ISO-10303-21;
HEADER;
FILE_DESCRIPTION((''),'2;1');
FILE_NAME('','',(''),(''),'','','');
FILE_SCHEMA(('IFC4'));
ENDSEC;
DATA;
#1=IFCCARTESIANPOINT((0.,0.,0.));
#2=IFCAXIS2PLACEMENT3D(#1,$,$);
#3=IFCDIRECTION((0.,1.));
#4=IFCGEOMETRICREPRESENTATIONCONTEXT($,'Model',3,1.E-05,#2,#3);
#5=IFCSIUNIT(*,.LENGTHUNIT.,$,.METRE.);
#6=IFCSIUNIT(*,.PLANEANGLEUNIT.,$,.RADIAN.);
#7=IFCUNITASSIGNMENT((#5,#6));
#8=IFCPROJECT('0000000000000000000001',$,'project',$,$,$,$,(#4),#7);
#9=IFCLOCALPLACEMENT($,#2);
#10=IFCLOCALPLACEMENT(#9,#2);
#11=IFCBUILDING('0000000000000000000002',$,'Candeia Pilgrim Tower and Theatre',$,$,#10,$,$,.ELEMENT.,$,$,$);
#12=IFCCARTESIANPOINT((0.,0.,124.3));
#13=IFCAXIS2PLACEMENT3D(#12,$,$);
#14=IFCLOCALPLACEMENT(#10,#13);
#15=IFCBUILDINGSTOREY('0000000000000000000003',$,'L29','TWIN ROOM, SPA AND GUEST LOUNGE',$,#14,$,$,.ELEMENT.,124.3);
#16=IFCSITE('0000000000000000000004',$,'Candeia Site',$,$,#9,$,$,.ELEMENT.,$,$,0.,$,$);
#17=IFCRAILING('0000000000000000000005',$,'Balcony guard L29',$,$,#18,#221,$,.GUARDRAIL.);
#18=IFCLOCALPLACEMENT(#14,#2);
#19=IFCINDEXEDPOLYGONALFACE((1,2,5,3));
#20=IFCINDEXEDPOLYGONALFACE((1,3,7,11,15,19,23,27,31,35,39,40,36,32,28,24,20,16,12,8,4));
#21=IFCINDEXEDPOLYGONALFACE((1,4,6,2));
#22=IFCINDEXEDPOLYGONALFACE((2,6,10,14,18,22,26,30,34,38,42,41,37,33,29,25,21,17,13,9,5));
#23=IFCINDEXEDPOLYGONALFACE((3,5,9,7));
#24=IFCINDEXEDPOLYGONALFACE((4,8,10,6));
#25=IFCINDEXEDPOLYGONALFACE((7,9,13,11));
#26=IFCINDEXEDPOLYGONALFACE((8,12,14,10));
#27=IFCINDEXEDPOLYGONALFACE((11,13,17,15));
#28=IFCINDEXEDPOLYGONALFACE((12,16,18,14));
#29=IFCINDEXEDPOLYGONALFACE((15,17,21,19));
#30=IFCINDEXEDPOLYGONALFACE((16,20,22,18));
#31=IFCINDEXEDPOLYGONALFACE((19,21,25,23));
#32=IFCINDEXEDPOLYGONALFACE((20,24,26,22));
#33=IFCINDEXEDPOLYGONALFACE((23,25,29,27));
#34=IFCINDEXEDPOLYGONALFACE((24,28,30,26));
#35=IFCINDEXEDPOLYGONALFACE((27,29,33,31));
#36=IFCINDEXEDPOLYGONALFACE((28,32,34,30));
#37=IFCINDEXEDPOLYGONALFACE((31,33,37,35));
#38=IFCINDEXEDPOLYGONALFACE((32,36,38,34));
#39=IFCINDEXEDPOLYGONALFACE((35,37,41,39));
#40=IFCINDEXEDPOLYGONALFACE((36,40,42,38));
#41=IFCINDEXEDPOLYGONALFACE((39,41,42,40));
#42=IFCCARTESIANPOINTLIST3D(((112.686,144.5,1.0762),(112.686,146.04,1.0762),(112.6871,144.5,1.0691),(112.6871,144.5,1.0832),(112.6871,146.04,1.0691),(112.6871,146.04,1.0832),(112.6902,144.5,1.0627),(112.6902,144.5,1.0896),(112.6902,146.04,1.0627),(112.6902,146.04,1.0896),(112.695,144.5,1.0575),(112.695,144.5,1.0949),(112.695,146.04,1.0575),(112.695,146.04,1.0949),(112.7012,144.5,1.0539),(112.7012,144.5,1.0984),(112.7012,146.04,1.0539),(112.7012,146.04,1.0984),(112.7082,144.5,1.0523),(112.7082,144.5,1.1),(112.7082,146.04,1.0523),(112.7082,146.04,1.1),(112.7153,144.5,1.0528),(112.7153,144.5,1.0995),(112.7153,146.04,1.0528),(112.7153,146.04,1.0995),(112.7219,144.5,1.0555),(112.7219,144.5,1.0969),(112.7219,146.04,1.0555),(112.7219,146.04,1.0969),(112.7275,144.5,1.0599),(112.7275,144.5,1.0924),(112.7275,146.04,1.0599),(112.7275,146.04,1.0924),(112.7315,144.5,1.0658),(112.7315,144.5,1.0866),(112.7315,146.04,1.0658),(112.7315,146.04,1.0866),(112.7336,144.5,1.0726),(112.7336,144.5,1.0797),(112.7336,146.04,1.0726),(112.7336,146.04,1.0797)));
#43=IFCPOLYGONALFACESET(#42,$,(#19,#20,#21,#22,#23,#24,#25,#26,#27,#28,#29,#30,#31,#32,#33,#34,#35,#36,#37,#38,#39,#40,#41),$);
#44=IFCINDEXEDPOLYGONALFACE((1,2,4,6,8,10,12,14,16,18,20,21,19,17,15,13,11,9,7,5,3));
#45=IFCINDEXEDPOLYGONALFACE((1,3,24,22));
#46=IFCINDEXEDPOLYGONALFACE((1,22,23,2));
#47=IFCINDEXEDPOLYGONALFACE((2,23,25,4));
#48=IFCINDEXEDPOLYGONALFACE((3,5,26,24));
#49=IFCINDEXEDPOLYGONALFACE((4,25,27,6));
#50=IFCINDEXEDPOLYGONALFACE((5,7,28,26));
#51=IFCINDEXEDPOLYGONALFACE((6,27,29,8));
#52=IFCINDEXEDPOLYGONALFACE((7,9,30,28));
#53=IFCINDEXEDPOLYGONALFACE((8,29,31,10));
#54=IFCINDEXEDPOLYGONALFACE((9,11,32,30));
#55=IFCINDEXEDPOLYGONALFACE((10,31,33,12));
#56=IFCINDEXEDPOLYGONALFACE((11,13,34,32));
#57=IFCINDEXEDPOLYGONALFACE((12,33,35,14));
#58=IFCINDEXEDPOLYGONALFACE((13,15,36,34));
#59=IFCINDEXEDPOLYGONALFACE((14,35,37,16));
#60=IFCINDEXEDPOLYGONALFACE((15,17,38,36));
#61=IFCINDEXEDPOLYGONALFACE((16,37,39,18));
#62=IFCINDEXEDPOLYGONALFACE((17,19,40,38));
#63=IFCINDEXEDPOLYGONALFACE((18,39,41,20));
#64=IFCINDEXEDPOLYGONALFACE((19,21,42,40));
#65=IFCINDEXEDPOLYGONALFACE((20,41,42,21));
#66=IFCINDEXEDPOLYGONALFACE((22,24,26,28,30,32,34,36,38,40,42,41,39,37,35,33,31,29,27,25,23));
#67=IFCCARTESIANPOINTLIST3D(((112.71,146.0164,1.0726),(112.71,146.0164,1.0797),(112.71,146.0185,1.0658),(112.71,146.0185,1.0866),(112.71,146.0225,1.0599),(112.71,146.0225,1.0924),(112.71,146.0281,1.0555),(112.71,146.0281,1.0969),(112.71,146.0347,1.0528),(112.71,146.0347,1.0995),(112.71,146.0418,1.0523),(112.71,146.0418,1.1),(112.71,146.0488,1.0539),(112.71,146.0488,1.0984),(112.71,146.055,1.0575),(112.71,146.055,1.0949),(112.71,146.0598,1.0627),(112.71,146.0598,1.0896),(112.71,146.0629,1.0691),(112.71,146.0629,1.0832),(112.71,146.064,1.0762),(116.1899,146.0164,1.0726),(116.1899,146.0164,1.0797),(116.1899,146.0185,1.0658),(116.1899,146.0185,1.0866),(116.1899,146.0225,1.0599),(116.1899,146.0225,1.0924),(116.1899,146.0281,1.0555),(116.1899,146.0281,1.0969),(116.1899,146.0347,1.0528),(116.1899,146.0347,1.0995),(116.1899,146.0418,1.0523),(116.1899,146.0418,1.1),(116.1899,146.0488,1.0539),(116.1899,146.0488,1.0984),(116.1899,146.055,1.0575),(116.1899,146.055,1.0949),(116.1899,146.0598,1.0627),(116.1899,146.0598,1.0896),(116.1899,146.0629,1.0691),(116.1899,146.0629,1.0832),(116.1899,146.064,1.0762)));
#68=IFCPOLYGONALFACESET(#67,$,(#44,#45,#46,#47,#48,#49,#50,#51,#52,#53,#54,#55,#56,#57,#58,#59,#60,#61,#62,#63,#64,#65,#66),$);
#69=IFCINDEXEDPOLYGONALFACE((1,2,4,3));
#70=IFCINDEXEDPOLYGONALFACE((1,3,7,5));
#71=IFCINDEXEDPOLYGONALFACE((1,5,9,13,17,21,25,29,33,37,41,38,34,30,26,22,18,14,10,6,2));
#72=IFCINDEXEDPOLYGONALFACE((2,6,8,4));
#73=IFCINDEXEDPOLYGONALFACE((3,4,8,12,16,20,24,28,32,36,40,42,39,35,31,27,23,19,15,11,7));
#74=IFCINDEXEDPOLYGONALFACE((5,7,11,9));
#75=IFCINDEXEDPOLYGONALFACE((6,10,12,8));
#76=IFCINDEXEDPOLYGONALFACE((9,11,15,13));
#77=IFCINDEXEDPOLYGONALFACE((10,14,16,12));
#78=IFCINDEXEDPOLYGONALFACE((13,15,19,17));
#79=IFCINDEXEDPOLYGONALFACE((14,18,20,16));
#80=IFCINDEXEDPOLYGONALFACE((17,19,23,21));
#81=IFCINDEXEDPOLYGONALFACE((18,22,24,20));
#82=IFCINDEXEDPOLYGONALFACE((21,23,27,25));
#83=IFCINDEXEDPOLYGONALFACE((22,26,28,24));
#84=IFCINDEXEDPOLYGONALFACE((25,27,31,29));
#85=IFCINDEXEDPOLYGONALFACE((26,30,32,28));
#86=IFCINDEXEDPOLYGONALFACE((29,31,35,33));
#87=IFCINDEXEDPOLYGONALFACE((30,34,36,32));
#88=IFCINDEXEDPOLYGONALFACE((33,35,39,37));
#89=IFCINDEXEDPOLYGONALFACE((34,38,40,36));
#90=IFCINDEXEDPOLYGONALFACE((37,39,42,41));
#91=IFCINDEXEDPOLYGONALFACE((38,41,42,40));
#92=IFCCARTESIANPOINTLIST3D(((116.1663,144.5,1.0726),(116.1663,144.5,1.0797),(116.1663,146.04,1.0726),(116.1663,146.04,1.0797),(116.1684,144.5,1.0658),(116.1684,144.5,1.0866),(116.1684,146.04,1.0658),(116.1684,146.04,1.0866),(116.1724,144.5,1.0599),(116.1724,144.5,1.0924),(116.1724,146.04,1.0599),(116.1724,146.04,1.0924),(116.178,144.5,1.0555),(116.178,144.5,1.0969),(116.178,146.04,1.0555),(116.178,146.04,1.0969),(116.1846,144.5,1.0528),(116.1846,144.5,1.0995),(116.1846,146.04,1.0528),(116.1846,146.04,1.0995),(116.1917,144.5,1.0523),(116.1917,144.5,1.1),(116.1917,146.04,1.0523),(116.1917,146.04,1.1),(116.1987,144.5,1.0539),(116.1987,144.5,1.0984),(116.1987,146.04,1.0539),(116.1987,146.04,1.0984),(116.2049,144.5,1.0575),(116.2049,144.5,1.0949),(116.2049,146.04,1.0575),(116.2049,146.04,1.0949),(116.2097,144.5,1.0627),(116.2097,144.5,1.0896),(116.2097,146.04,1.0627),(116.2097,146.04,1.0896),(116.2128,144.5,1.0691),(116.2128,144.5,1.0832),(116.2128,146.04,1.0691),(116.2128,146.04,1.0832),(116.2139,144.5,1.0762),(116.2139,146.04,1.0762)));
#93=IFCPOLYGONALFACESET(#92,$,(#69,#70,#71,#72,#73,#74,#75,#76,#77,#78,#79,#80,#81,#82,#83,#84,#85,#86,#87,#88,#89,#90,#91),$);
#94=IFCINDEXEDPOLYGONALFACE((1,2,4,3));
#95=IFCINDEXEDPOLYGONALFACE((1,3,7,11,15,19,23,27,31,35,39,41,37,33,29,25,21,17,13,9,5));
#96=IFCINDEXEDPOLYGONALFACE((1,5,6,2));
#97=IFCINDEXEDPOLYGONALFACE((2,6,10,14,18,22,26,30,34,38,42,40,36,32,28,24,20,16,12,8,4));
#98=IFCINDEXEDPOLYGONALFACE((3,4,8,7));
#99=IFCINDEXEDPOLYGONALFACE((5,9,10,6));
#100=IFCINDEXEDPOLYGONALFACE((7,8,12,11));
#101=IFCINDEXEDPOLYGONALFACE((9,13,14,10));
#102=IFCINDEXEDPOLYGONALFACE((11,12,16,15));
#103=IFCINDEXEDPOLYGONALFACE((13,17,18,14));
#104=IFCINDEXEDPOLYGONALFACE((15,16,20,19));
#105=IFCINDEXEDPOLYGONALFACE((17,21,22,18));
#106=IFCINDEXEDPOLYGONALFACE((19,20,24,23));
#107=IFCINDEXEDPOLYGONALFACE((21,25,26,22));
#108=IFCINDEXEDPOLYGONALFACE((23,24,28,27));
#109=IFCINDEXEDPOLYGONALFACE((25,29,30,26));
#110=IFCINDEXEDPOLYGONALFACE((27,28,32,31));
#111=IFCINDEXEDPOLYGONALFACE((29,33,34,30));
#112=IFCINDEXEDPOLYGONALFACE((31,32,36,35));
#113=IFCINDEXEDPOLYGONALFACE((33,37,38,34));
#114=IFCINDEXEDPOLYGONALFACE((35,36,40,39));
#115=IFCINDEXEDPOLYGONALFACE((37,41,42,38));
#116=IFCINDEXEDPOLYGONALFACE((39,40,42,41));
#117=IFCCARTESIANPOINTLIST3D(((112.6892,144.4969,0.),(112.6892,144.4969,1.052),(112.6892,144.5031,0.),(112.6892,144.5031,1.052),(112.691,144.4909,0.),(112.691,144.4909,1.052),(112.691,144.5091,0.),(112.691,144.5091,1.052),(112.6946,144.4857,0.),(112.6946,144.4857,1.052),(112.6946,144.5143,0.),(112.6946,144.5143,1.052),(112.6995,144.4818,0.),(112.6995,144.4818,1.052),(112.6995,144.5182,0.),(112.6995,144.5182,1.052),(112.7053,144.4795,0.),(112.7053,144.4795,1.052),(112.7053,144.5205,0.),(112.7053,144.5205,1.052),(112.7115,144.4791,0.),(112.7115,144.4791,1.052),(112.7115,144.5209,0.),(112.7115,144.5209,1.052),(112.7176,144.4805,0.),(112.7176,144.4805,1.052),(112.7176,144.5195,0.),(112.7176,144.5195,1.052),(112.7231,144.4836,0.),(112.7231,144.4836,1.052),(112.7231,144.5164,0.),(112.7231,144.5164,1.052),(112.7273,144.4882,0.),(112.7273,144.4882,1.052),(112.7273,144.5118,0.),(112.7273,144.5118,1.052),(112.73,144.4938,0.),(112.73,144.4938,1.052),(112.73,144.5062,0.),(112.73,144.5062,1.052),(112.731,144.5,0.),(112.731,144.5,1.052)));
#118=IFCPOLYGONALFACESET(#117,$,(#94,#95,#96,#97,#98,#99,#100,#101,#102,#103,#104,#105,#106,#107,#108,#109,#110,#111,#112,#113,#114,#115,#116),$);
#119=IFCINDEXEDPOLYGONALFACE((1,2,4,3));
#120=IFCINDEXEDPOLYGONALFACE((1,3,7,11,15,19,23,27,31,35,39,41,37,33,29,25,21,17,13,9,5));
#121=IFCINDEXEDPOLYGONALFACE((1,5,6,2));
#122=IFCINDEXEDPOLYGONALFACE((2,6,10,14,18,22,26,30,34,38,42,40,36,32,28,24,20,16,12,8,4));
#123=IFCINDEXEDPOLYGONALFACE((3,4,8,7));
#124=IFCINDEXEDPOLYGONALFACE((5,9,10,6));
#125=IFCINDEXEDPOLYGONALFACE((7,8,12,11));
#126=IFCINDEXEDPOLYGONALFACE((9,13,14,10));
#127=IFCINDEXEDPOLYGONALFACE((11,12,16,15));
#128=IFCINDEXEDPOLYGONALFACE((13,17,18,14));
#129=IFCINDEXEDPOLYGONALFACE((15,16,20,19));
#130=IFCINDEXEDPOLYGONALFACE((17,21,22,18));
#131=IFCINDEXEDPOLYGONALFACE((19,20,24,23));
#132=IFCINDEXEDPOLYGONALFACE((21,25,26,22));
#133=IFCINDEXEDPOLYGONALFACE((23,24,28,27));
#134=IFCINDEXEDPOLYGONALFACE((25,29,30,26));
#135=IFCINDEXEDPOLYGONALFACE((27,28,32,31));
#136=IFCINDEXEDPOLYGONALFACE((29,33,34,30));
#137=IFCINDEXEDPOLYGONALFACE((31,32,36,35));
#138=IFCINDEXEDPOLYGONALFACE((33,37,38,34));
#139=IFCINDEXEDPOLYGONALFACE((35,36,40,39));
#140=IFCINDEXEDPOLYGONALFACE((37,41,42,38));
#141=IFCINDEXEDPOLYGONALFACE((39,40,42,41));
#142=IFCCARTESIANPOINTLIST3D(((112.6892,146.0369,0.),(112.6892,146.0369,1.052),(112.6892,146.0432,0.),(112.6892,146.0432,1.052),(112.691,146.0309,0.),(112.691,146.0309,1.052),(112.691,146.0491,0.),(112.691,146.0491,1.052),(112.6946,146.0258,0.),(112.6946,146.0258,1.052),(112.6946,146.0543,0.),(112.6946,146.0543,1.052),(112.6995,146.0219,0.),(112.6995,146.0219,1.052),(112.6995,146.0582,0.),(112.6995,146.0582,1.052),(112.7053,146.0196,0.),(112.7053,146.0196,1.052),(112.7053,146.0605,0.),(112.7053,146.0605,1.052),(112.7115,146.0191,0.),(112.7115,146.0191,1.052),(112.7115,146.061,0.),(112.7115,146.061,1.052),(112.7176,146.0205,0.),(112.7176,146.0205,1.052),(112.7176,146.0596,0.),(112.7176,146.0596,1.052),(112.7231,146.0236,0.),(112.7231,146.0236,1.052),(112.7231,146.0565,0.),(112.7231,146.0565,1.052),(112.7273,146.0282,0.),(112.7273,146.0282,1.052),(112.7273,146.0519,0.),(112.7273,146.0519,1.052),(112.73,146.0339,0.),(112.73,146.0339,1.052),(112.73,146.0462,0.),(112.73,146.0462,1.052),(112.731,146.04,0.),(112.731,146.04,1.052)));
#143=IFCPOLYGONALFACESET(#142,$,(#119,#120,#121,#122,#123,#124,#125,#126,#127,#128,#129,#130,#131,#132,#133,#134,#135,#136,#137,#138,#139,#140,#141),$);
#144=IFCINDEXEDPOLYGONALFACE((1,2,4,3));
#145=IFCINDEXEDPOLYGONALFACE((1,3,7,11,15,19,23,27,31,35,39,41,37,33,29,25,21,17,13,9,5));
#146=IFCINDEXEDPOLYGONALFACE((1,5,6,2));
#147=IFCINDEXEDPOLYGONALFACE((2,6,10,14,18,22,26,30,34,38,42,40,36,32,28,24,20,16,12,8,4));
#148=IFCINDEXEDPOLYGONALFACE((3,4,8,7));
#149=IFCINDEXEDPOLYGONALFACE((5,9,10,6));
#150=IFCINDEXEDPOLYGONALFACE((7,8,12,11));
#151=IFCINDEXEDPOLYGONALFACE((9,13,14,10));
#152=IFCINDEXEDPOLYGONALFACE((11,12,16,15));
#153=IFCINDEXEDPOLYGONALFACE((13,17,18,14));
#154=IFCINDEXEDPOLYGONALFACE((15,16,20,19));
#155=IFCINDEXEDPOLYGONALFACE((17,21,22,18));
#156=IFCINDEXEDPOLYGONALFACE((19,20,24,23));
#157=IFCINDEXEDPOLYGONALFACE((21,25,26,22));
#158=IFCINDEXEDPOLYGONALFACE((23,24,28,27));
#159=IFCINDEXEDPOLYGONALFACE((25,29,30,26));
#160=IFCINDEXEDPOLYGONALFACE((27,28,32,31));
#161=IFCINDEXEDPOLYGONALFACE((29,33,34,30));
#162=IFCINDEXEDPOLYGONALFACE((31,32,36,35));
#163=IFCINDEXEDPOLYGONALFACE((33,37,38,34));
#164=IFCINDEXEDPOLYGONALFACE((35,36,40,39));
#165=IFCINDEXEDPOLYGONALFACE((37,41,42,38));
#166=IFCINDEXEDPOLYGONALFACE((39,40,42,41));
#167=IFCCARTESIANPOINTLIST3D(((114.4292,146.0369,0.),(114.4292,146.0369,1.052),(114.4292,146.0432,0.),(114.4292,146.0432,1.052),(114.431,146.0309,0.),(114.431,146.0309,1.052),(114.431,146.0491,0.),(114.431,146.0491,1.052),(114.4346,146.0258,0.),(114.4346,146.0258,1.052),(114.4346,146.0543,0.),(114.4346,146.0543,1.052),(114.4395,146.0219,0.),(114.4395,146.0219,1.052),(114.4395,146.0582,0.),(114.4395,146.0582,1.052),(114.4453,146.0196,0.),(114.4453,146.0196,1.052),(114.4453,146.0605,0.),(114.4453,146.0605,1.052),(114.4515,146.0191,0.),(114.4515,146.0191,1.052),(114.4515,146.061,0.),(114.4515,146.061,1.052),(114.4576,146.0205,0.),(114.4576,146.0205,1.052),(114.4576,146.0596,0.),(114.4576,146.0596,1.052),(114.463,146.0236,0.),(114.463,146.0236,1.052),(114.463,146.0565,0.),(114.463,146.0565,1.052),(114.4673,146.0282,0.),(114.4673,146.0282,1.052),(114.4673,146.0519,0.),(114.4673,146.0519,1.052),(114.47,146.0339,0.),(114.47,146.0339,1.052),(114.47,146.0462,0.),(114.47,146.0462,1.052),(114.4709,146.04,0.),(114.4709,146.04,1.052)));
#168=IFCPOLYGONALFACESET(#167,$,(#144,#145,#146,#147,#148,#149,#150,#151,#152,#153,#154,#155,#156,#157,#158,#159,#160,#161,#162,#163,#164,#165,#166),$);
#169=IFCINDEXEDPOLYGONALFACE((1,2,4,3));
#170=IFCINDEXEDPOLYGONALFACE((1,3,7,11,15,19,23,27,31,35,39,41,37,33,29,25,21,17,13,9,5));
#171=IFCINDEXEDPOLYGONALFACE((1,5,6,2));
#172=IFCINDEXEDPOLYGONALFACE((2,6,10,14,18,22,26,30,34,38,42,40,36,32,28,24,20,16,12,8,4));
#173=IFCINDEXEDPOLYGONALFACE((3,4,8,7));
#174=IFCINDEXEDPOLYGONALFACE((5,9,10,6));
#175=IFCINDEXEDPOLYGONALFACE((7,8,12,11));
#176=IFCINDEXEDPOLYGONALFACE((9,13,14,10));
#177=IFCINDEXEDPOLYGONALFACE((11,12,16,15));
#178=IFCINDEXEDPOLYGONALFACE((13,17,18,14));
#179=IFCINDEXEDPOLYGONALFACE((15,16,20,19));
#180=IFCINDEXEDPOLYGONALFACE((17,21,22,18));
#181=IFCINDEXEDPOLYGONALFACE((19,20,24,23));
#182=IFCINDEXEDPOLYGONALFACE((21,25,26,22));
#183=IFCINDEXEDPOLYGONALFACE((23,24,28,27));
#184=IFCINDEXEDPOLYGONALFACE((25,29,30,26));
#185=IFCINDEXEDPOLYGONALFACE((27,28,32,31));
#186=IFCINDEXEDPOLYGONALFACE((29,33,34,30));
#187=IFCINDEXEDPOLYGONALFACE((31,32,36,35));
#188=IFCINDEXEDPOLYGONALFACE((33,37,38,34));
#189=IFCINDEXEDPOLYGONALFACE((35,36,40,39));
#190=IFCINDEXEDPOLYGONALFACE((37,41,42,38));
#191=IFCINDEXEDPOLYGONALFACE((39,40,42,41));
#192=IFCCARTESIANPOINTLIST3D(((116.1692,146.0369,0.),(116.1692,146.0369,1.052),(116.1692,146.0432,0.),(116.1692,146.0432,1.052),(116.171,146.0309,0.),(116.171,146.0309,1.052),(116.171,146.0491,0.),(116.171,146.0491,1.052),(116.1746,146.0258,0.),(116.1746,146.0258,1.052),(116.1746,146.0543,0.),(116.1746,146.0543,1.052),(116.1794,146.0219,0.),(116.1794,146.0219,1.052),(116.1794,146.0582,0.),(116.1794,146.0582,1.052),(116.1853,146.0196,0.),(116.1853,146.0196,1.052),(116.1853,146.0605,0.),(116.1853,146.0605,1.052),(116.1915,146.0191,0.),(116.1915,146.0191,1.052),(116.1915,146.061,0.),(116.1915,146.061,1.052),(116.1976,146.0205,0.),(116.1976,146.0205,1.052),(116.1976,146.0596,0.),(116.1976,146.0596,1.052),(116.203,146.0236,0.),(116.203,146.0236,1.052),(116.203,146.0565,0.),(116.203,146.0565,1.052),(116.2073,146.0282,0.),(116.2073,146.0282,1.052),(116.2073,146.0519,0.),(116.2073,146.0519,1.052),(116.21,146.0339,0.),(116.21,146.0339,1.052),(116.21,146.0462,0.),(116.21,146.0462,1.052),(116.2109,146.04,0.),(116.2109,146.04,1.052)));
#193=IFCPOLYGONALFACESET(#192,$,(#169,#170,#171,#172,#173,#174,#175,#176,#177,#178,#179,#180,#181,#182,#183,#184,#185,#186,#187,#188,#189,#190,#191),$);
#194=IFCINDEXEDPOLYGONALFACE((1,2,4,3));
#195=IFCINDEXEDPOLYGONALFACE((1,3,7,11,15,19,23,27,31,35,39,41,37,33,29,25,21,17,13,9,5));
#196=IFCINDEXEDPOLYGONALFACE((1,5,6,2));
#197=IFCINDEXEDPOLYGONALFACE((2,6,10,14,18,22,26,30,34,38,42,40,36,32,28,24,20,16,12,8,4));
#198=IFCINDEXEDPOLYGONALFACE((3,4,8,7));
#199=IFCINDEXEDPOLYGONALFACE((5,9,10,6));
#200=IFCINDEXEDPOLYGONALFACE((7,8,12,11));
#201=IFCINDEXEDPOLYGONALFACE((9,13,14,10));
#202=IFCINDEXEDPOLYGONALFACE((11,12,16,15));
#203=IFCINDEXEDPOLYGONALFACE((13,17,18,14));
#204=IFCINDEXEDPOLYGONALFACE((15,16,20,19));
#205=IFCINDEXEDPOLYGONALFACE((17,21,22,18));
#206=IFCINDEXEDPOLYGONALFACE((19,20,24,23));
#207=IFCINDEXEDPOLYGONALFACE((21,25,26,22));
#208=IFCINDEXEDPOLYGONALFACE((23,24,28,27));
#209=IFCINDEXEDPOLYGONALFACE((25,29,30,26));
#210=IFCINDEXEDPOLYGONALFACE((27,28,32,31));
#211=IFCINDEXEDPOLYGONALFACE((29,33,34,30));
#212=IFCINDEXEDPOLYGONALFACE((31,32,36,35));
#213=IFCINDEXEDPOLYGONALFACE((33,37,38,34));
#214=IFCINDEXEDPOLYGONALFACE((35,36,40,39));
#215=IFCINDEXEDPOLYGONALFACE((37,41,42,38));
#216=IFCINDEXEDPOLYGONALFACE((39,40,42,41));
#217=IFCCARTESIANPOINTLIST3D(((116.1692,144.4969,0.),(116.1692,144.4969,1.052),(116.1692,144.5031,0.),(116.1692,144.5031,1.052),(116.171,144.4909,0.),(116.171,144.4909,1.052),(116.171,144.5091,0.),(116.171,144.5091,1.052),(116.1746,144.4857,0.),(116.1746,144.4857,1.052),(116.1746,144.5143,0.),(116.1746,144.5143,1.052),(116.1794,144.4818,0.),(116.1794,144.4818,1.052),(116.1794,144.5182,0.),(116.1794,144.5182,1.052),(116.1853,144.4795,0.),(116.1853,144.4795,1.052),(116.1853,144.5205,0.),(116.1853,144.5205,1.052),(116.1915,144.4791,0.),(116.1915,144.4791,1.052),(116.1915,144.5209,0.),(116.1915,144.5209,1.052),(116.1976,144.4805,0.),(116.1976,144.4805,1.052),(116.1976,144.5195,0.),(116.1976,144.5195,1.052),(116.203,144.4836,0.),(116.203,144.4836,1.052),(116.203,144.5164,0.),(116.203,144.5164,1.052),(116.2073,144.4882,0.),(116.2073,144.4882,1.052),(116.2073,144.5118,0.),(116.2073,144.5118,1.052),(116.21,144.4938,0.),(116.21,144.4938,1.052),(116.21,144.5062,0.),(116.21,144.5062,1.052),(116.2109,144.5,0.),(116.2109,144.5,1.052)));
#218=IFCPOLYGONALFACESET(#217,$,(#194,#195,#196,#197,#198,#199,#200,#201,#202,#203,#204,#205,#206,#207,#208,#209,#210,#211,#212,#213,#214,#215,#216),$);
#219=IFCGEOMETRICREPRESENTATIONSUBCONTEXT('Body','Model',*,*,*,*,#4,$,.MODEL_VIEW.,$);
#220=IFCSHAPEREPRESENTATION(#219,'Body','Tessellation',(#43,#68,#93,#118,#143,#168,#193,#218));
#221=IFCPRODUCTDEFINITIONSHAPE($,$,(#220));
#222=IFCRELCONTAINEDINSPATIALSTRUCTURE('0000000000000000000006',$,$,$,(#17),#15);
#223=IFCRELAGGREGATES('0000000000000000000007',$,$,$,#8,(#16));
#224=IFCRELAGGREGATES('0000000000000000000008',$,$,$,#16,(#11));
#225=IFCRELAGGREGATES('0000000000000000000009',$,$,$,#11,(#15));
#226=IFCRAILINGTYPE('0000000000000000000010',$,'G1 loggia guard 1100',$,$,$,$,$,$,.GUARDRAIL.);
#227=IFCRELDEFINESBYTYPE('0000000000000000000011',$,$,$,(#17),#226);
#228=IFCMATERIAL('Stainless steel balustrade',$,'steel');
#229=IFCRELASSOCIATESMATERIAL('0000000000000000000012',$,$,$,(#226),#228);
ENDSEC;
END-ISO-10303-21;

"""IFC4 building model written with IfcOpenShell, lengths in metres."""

from ifc_helpers import new_model, si_unit, direction, frame, origin, origin_2d, place, context, subcontext, project, spatial, circle, extrude, material, type_object, element, save


model = new_model("IFC4")

# Units and contexts
model_context = context("Model", 3, precision=1e-05, world=origin(), true_north=direction((0.0, 1.0)))
body_context = subcontext(model_context, "Body", "Model", "MODEL_VIEW")
ifc_project = project(units=[si_unit("LENGTHUNIT", "METRE"), si_unit("PLANEANGLEUNIT", "RADIAN")], contexts=[model_context])

# Site, building, storey
site_placement = place(None, origin())
site = spatial("IfcSite", under=ifc_project, at=site_placement, Name="Candeia Site", CompositionType="ELEMENT", RefElevation=0.0)
building_placement = place(site_placement, origin())
building = spatial("IfcBuilding", under=site, at=building_placement, Name="Candeia Pilgrim Tower and Theatre", CompositionType="ELEMENT")
storey_placement = place(building_placement, frame((0.0, 0.0, 124.3)))
storey = spatial("IfcBuildingStorey", under=building, at=storey_placement, Name="L29", Description="TWIN ROOM, SPA AND GUEST LOUNGE", CompositionType="ELEMENT", Elevation=124.3)

# Railing
ifc_material_1 = material(Name="Stainless steel balustrade", Category="steel")
railing_type = type_object("IfcRailingType", Name="G1 loggia guard 1100", PredefinedType="GUARDRAIL", material=ifc_material_1)
railing_placement = place(storey_placement, frame((112.71, 144.5, 0.0)))
element("IfcRailing", 1, at=railing_placement, inside=storey, type_object=railing_type, Name="Balcony guard L29", PredefinedType="GUARDRAIL", context=body_context, shape_type="SweptSolid", body=[
    extrude(circle(Radius=0.0239, at=origin_2d()), frame((0.0, 0.0, 1.0762), z_axis=(0.0, 1.0, 0.0), x_axis=(-1.0, 0.0, 0.0)), (0.0, 0.0, 1.0), 1.54),
    extrude(circle(Radius=0.0239, at=origin_2d()), frame((0.0, 1.54, 1.0762), z_axis=(1.0, 0.0, 0.0), x_axis=(0.0, 1.0, 0.0)), (0.0, 0.0, 1.0), 3.48),
    extrude(circle(Radius=0.0239, at=origin_2d()), frame((3.48, 1.54, 1.0762), z_axis=(0.0, -1.0, 0.0), x_axis=(1.0, 0.0, 0.0)), (0.0, 0.0, 1.0), 1.54),
    extrude(circle(Radius=0.021, at=origin_2d()), origin(), (0.0, 0.0, 1.0), 1.052),
    extrude(circle(Radius=0.021, at=origin_2d()), frame((0.0, 1.54, 0.0)), (0.0, 0.0, 1.0), 1.052),
    extrude(circle(Radius=0.021, at=origin_2d()), frame((1.74, 1.54, 0.0)), (0.0, 0.0, 1.0), 1.052),
    extrude(circle(Radius=0.021, at=origin_2d()), frame((3.48, 1.54, 0.0)), (0.0, 0.0, 1.0), 1.052),
    extrude(circle(Radius=0.021, at=origin_2d()), frame((3.48, 0.0, 0.0)), (0.0, 0.0, 1.0), 1.052),
])

save(model, "model.ifc")
